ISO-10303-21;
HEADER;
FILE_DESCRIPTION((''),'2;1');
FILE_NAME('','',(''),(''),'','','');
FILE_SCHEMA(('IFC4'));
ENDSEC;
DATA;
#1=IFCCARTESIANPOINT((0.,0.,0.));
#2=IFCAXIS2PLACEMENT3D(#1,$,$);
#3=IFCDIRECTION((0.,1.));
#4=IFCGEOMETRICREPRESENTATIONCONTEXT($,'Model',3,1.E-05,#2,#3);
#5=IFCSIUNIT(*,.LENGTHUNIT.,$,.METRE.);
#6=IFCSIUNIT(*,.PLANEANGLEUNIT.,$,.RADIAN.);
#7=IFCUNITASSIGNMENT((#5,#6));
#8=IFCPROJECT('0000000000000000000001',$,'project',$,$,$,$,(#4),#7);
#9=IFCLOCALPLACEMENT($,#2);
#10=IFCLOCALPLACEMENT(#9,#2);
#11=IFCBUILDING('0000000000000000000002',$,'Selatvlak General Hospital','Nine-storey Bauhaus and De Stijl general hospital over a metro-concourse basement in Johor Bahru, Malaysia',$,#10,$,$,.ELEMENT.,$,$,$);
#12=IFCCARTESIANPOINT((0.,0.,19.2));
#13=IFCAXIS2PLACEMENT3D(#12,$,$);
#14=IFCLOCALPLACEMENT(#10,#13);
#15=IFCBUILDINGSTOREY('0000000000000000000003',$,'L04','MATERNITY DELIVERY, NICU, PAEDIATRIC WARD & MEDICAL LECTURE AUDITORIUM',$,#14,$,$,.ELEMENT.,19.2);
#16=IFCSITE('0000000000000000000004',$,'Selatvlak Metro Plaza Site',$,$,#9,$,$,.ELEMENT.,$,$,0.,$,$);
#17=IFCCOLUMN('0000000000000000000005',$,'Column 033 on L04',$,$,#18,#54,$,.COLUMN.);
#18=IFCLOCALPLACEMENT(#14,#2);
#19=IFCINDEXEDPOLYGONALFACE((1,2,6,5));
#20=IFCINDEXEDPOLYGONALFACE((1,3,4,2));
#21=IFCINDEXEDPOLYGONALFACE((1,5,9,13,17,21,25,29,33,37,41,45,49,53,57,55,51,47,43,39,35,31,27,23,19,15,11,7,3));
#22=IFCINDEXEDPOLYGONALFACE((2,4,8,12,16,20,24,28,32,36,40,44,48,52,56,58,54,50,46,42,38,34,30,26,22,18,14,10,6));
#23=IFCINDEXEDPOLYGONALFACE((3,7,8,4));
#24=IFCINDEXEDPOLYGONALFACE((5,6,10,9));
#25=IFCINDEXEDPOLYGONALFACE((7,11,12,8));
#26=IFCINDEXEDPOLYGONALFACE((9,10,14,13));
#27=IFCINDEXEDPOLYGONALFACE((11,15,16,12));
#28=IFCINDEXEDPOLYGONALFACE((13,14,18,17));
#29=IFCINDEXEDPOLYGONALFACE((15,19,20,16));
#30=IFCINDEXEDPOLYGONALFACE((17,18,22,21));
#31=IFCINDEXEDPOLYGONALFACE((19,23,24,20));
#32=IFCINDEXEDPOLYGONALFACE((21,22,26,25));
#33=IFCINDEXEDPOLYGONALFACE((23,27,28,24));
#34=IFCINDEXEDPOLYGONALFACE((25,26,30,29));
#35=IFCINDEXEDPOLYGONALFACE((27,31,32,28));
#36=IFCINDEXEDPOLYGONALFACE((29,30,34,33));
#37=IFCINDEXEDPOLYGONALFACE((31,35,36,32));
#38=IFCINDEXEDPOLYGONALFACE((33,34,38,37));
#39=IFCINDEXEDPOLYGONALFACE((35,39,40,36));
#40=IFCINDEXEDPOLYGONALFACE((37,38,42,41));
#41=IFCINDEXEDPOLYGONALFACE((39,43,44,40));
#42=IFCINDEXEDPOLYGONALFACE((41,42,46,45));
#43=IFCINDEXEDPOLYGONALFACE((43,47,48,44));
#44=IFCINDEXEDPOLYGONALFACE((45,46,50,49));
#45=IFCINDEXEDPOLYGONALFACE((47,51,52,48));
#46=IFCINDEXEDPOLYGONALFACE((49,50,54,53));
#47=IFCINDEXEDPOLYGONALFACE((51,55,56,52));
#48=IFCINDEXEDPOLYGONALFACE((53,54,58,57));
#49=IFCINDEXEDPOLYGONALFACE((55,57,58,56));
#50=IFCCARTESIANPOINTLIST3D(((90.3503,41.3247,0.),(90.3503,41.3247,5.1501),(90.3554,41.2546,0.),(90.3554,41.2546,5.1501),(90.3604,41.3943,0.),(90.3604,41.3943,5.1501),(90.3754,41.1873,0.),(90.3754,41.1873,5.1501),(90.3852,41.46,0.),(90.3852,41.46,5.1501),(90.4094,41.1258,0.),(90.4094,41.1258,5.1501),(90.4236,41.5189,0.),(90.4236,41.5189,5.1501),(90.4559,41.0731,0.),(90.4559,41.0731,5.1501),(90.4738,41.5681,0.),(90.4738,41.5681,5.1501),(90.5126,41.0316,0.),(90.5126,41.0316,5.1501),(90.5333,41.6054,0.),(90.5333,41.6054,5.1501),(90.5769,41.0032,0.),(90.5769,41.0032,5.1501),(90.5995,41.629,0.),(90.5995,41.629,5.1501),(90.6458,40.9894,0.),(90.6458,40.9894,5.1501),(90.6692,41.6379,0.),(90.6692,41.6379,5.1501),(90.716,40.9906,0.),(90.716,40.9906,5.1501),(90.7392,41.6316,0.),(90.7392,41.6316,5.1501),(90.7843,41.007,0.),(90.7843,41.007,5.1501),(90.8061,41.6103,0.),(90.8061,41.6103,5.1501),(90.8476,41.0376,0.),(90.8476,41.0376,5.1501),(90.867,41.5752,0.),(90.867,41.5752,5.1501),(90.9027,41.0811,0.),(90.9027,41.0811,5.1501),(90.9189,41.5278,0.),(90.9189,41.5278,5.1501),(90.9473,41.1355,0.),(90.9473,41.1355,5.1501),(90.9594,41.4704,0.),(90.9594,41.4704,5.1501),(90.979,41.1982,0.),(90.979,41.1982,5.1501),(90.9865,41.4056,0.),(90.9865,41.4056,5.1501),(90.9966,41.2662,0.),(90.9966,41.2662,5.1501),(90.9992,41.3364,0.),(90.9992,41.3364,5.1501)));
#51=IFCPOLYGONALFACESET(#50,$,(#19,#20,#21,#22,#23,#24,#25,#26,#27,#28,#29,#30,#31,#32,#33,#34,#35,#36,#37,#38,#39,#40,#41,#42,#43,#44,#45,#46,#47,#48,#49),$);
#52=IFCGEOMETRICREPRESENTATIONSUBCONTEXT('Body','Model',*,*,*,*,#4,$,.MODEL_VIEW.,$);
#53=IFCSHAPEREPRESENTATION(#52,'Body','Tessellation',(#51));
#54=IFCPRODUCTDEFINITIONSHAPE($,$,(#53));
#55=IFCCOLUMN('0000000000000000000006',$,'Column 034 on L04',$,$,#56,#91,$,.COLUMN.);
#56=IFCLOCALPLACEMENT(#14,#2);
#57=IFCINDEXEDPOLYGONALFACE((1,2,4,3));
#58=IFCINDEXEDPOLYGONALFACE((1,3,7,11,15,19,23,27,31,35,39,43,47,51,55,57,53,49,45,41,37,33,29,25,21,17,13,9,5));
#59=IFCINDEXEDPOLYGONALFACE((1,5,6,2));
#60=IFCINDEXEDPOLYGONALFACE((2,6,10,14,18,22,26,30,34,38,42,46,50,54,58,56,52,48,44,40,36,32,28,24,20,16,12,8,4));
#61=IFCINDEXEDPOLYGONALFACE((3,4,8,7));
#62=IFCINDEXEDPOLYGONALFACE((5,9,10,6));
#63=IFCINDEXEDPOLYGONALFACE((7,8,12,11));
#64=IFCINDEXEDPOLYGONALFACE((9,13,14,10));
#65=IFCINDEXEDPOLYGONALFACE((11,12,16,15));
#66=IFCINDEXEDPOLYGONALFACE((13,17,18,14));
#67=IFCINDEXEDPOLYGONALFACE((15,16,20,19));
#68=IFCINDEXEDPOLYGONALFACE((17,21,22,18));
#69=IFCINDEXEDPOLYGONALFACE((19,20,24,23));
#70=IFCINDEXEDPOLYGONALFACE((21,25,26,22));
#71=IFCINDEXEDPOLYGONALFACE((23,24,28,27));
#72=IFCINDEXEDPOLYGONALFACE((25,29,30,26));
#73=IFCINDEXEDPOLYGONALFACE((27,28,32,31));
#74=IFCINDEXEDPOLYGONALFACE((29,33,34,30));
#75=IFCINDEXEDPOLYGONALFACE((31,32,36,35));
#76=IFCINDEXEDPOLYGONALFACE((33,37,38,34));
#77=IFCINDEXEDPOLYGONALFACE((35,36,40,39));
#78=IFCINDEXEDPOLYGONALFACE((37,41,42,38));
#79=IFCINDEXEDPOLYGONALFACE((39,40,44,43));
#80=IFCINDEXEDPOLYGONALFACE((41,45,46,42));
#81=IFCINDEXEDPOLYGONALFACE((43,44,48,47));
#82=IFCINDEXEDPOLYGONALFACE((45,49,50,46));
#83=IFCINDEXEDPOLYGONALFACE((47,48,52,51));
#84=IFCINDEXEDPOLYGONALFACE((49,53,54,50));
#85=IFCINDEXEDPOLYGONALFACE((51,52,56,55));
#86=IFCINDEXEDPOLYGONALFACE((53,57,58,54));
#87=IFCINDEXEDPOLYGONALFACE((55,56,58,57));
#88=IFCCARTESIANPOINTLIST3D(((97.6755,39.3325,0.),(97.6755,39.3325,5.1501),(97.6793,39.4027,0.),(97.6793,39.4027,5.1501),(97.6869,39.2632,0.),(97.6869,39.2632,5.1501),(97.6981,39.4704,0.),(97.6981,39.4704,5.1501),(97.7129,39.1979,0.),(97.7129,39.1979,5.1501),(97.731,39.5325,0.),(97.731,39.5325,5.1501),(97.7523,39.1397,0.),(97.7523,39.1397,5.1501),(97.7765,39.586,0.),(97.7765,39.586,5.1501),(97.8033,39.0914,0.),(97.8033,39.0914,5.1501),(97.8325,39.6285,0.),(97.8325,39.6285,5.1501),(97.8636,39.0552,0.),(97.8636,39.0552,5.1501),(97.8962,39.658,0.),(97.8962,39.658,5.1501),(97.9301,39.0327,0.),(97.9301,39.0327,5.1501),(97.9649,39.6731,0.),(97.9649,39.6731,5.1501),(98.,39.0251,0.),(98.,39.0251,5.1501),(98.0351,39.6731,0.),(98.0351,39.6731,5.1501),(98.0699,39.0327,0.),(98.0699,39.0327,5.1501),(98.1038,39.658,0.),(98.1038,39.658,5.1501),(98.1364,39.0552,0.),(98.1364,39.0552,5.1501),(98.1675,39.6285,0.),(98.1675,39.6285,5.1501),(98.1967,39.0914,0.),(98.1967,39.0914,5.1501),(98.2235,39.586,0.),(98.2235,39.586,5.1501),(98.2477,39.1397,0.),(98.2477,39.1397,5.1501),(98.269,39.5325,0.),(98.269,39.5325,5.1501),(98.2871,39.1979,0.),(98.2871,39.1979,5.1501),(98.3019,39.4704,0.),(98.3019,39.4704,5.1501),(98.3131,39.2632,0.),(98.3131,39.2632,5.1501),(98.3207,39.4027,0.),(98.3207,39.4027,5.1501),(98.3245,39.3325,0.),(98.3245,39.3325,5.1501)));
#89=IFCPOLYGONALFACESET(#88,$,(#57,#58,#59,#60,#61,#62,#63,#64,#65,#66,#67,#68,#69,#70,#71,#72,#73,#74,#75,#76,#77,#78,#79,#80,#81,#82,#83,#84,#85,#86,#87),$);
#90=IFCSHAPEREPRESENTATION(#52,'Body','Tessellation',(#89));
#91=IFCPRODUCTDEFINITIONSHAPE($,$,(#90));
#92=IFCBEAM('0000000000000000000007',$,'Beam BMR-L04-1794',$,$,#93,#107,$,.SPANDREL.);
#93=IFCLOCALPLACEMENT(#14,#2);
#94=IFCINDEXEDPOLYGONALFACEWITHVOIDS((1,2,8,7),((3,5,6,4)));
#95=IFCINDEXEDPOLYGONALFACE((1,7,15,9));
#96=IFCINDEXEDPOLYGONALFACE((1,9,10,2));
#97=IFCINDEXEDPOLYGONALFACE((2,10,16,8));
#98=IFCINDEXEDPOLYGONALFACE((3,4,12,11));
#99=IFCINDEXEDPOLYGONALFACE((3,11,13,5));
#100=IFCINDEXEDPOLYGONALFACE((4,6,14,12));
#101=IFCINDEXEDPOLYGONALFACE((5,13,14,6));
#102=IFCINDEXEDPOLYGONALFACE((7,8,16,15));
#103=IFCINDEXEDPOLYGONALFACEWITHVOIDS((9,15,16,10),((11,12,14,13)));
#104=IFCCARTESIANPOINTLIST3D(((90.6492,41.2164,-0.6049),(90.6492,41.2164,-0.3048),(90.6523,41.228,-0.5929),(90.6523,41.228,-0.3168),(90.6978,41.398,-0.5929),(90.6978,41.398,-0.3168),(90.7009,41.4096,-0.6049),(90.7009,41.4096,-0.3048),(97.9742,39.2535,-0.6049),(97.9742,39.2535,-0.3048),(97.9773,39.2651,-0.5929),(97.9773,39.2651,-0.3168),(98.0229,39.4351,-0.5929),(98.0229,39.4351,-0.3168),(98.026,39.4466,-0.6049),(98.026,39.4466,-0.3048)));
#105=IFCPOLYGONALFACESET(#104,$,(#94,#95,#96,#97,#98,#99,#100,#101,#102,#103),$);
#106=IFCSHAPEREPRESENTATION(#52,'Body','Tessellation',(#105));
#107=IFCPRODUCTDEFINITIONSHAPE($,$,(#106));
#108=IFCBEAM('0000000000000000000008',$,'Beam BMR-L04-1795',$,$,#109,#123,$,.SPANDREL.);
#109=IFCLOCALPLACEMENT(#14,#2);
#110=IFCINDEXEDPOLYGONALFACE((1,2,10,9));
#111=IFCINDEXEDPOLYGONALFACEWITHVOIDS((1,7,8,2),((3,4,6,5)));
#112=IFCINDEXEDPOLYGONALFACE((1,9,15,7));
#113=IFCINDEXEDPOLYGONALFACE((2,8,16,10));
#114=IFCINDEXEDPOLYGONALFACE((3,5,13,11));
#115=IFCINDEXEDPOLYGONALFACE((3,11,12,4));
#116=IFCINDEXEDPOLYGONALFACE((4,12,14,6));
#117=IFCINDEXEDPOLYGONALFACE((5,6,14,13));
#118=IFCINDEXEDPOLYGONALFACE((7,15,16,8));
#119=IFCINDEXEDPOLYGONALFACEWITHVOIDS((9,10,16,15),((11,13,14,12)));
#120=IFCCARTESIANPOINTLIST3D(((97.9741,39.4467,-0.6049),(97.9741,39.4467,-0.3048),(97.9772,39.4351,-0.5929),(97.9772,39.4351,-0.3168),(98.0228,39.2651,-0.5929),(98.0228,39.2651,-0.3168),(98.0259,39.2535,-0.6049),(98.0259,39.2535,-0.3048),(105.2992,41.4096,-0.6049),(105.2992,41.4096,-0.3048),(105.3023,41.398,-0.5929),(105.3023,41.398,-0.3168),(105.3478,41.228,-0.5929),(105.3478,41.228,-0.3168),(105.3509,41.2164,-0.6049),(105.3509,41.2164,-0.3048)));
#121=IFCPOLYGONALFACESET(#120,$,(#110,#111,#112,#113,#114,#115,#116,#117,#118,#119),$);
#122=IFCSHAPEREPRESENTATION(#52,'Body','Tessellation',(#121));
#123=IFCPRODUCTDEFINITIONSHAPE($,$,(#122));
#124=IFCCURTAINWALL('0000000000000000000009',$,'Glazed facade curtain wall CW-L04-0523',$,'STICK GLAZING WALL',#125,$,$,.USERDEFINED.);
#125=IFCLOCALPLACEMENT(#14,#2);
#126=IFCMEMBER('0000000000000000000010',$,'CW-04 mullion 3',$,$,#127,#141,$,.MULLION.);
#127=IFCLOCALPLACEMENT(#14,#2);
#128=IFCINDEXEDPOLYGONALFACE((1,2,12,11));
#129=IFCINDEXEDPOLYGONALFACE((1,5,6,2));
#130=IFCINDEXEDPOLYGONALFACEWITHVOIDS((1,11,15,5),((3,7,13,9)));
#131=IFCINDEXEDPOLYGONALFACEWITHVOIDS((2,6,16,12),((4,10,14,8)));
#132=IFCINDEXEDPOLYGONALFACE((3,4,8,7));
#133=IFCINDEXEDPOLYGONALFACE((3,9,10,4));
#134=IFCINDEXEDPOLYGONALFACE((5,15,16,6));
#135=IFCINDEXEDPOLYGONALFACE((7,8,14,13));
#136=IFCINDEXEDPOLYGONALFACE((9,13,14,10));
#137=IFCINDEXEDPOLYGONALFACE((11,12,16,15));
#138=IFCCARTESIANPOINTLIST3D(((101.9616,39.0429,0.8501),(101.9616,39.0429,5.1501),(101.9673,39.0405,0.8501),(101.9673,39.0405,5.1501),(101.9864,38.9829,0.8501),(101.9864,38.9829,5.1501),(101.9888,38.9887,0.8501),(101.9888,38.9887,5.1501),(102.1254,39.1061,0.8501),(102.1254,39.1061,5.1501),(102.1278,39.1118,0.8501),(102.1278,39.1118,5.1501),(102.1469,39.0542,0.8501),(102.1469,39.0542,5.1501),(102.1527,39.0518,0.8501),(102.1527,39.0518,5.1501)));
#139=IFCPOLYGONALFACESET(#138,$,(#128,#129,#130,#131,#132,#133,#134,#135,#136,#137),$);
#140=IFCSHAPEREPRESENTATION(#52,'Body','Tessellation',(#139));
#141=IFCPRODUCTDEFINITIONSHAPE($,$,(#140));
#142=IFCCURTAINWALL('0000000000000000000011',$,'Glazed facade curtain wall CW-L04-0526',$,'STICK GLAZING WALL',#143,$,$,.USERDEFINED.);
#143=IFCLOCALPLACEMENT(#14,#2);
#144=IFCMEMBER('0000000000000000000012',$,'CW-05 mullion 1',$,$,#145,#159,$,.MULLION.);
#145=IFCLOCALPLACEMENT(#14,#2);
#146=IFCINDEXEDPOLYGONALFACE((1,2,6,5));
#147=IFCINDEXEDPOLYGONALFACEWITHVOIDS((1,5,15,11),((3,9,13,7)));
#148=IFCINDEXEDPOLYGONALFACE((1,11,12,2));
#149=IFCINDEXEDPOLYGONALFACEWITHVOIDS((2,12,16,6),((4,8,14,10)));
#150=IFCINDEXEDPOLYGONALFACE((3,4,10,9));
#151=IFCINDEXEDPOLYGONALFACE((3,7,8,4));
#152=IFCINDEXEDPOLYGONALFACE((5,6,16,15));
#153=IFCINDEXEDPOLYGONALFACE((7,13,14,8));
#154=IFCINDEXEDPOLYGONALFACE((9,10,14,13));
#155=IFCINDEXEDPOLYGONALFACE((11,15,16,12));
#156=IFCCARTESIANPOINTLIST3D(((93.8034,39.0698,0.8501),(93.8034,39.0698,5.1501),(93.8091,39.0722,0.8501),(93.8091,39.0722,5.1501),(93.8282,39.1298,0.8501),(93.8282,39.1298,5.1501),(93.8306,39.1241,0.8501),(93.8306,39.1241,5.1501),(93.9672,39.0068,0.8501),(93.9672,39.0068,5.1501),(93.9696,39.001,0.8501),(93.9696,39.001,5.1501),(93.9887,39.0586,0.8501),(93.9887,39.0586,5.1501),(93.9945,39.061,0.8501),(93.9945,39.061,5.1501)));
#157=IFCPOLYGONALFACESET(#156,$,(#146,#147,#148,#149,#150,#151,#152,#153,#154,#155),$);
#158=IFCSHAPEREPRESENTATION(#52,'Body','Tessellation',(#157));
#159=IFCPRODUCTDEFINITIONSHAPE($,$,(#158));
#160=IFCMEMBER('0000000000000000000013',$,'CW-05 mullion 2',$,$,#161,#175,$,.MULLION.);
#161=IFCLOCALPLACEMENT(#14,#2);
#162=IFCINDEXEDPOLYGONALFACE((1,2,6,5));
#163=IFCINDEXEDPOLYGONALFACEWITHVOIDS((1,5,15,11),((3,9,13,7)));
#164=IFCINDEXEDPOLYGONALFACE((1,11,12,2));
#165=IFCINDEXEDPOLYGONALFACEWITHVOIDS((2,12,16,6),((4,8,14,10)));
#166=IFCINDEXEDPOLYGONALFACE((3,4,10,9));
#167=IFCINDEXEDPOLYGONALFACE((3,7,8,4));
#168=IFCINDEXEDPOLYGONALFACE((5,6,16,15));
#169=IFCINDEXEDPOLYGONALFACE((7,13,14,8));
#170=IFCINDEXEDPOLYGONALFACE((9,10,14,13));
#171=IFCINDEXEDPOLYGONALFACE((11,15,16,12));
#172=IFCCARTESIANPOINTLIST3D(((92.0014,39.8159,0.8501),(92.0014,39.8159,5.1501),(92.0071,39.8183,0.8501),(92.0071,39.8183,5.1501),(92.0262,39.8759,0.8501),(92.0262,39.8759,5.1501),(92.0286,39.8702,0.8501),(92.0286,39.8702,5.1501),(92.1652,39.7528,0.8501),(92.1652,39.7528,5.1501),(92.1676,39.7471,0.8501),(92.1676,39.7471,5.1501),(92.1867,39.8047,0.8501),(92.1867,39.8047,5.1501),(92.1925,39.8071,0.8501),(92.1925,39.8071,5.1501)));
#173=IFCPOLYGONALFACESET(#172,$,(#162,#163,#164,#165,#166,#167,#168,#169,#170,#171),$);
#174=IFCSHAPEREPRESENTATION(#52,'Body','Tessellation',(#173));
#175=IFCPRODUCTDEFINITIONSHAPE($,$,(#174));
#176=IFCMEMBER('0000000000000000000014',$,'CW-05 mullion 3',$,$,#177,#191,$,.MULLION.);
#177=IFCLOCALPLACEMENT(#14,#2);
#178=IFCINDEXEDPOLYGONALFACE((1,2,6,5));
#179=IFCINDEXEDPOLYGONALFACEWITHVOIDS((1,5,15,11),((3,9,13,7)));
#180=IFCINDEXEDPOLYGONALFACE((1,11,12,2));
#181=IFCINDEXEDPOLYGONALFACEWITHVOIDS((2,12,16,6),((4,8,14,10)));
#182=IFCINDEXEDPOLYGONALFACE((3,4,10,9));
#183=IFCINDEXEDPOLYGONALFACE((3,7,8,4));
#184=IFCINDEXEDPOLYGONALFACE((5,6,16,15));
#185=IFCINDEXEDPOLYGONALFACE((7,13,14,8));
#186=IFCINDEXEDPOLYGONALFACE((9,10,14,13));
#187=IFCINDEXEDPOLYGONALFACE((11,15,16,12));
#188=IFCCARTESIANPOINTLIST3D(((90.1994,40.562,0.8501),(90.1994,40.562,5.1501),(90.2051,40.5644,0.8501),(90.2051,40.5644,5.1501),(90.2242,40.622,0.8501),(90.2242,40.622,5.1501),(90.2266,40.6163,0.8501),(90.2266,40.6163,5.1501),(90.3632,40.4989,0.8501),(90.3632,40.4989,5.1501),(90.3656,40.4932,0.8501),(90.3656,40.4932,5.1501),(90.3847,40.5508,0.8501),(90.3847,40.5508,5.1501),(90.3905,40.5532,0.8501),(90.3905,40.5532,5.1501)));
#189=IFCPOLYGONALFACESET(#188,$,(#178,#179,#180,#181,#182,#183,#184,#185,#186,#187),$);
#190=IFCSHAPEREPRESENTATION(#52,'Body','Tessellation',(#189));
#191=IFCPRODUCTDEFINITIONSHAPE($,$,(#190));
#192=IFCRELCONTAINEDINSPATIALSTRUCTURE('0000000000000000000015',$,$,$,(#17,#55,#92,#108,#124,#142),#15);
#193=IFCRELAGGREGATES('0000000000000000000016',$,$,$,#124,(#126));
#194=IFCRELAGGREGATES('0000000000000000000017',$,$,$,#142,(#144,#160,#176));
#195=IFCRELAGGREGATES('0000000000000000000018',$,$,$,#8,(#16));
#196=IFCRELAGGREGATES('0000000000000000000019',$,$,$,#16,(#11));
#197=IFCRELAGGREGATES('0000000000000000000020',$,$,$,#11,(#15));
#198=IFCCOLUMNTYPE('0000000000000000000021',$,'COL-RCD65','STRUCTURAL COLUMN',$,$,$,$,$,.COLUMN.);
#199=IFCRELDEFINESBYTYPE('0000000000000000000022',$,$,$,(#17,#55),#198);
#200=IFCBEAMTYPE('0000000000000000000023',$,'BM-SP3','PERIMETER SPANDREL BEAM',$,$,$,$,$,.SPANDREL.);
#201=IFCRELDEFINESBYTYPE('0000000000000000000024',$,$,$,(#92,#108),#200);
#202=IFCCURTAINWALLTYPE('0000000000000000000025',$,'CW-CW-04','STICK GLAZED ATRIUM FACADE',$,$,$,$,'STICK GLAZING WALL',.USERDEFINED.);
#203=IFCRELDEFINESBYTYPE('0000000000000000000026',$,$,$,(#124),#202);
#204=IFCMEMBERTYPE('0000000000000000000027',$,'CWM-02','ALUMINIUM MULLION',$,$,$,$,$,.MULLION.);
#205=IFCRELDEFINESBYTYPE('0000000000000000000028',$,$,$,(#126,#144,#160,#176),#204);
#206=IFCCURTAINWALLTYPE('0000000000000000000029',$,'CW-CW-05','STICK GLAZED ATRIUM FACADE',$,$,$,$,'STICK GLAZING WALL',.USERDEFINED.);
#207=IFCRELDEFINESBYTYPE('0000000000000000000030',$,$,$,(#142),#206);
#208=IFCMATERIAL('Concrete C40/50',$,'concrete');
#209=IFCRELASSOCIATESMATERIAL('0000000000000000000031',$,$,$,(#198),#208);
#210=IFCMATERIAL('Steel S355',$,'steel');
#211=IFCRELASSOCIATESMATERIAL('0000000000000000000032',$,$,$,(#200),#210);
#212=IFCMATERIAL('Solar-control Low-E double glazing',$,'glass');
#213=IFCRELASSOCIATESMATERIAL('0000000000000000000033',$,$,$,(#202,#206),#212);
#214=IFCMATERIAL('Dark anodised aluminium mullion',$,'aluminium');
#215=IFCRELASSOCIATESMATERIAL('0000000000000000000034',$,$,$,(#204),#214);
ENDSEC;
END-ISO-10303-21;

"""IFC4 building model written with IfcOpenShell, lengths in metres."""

from ifc_helpers import new_model, si_unit, direction, frame, origin, origin_2d, place, context, subcontext, project, spatial, hollow_rectangle, circle, extrude, material, material_profile, profile_set, type_object, element, aggregate, save


model = new_model("IFC4")

# Units and contexts
model_context = context("Model", 3, precision=1e-05, world=origin(), true_north=direction((0.0, 1.0)))
body_context = subcontext(model_context, "Body", "Model", "MODEL_VIEW")
ifc_project = project(units=[si_unit("LENGTHUNIT", "METRE"), si_unit("PLANEANGLEUNIT", "RADIAN")], contexts=[model_context])

# Site, building, storey
site_placement = place(None, origin())
site = spatial("IfcSite", under=ifc_project, at=site_placement, Name="Selatvlak Metro Plaza Site", CompositionType="ELEMENT", RefElevation=0.0)
building_placement = place(site_placement, origin())
building = spatial("IfcBuilding", under=site, at=building_placement, Name="Selatvlak General Hospital", Description="Nine-storey Bauhaus and De Stijl general hospital over a metro-concourse basement in Johor Bahru, Malaysia", CompositionType="ELEMENT")
storey_placement = place(building_placement, frame((0.0, 0.0, 19.2)))
storey = spatial("IfcBuildingStorey", under=building, at=storey_placement, Name="L04", Description="MATERNITY DELIVERY, NICU, PAEDIATRIC WARD & MEDICAL LECTURE AUDITORIUM", CompositionType="ELEMENT", Elevation=19.2)

# Columns
ifc_material_1 = material(Name="Concrete C40/50", Category="concrete")
ifc_material_profile_1 = material_profile(ifc_material_1, circle(Radius=0.325, at=origin_2d()), Name="RC-COL D650")
ifc_profile_set_1 = profile_set([ifc_material_profile_1], Name="Concrete C40/50")
column_type = type_object("IfcColumnType", Name="COL-RCD65", Description="STRUCTURAL COLUMN", PredefinedType="COLUMN", material=ifc_profile_set_1)
for number, where, z_axis, x_axis, name in (
    (1, (90.675, 41.313, 0.0), (0.0, 0.0, 1.0), (-0.5, -0.866025, 0.0), "Column 033 on L04"),
    (2, (98.0, 39.3501, 0.0), (0.0, 0.0, 1.0), (0.0, -1.0, 0.0), "Column 034 on L04"),
):
    element("IfcColumn", number, at=place(storey_placement, frame(where, z_axis=z_axis, x_axis=x_axis)), inside=storey, type_object=column_type, Name=name, PredefinedType="COLUMN", context=body_context, shape_type="SweptSolid", body=[
        extrude(circle(Radius=0.325, at=origin_2d()), origin(), (0.0, 0.0, 1.0), 5.1501),
    ])

# Beams
ifc_material_2 = material(Name="Steel S355", Category="steel")
ifc_material_profile_2 = material_profile(ifc_material_2, hollow_rectangle(XDim=0.2, YDim=0.3, WallThickness=0.012, at=origin_2d()), Name="RHS 300x200x12")
ifc_profile_set_2 = profile_set([ifc_material_profile_2], Name="Steel S355")
beam_type = type_object("IfcBeamType", Name="BM-SP3", Description="PERIMETER SPANDREL BEAM", PredefinedType="SPANDREL", material=ifc_profile_set_2)
for number, where, z_axis, x_axis, name in (
    (3, (90.675, 41.313, -0.4548), (0.96592, -0.258841, 0.0), (0.258841, 0.96592, 0.0), "Beam BMR-L04-1794"),
    (4, (98.0, 39.3501, -0.4548), (0.96592, 0.258841, 0.0), (-0.258841, 0.96592, 0.0), "Beam BMR-L04-1795"),
):
    element("IfcBeam", number, at=place(storey_placement, frame(where, z_axis=z_axis, x_axis=x_axis)), inside=storey, type_object=beam_type, Name=name, PredefinedType="SPANDREL", context=body_context, shape_type="SweptSolid", body=[
        extrude(hollow_rectangle(XDim=0.2, YDim=0.3, WallThickness=0.012, at=origin_2d()), origin(), (0.0, 0.0, 1.0), 7.5835),
    ])

# Curtain wall, member
ifc_material_3 = material(Name="Solar-control Low-E double glazing", Category="glass")
curtain_wall_type_1 = type_object("IfcCurtainWallType", Name="CW-CW-04", Description="STICK GLAZED ATRIUM FACADE", ElementType="STICK GLAZING WALL", PredefinedType="USERDEFINED", material=ifc_material_3)
curtain_wall_1_placement = place(storey_placement, origin())
curtain_wall_1 = element("IfcCurtainWall", 5, at=curtain_wall_1_placement, inside=storey, type_object=curtain_wall_type_1, Name="Glazed facade curtain wall CW-L04-0523", ObjectType="STICK GLAZING WALL", PredefinedType="USERDEFINED")
ifc_material_4 = material(Name="Dark anodised aluminium mullion", Category="aluminium")
ifc_material_profile_3 = material_profile(ifc_material_4, hollow_rectangle(XDim=0.0649, YDim=0.1799, WallThickness=0.0044, at=origin_2d()), Name="AL-MUL 65x180x4.5")
ifc_profile_set_3 = profile_set([ifc_material_profile_3], Name="Dark anodised aluminium mullion")
member_type_1 = type_object("IfcMemberType", Name="CWM-02", Description="ALUMINIUM MULLION", PredefinedType="MULLION", material=ifc_profile_set_3)
member_1_placement = place(storey_placement, frame((102.0571, 39.0474, 0.8501), z_axis=(0.0, 0.0, 1.0), x_axis=(0.382753, -0.923851, 0.0)))
member_1 = element("IfcMember", 6, at=member_1_placement, type_object=member_type_1, Name="CW-04 mullion 3", PredefinedType="MULLION", context=body_context, shape_type="SweptSolid", body=[
    extrude(hollow_rectangle(XDim=0.0649, YDim=0.1799, WallThickness=0.0044, at=origin_2d()), origin(), (0.0, 0.0, 1.0), 4.3),
])
aggregate(curtain_wall_1, [member_1])

# Curtain wall, members
curtain_wall_type_2 = type_object("IfcCurtainWallType", Name="CW-CW-05", Description="STICK GLAZED ATRIUM FACADE", ElementType="STICK GLAZING WALL", PredefinedType="USERDEFINED", material=ifc_material_3)
curtain_wall_2_placement = place(storey_placement, origin())
curtain_wall_2 = element("IfcCurtainWall", 7, at=curtain_wall_2_placement, inside=storey, type_object=curtain_wall_type_2, Name="Glazed facade curtain wall CW-L04-0526", ObjectType="STICK GLAZING WALL", PredefinedType="USERDEFINED")
member_2_placement = place(storey_placement, frame((93.8989, 39.0654, 0.8501), z_axis=(0.0, 0.0, 1.0), x_axis=(-0.382537, -0.92394, 0.0)))
member_2 = element("IfcMember", 8, at=member_2_placement, type_object=member_type_1, Name="CW-05 mullion 1", PredefinedType="MULLION", context=body_context, shape_type="SweptSolid", body=[
    extrude(hollow_rectangle(XDim=0.0649, YDim=0.1799, WallThickness=0.0044, at=origin_2d()), origin(), (0.0, 0.0, 1.0), 4.3),
])
member_3_placement = place(storey_placement, frame((92.0969, 39.8115, 0.8501), z_axis=(0.0, 0.0, 1.0), x_axis=(-0.382537, -0.92394, 0.0)))
member_3 = element("IfcMember", 9, at=member_3_placement, type_object=member_type_1, Name="CW-05 mullion 2", PredefinedType="MULLION", context=body_context, shape_type="SweptSolid", body=[
    extrude(hollow_rectangle(XDim=0.0649, YDim=0.1799, WallThickness=0.0044, at=origin_2d()), origin(), (0.0, 0.0, 1.0), 4.3),
])
member_4_placement = place(storey_placement, frame((90.2949, 40.5576, 0.8501), z_axis=(0.0, 0.0, 1.0), x_axis=(-0.382537, -0.92394, 0.0)))
member_4 = element("IfcMember", 10, at=member_4_placement, type_object=member_type_1, Name="CW-05 mullion 3", PredefinedType="MULLION", context=body_context, shape_type="SweptSolid", body=[
    extrude(hollow_rectangle(XDim=0.0649, YDim=0.1799, WallThickness=0.0044, at=origin_2d()), origin(), (0.0, 0.0, 1.0), 4.3),
])

aggregate(curtain_wall_2, [member_2, member_3, member_4])

save(model, "model.ifc")
